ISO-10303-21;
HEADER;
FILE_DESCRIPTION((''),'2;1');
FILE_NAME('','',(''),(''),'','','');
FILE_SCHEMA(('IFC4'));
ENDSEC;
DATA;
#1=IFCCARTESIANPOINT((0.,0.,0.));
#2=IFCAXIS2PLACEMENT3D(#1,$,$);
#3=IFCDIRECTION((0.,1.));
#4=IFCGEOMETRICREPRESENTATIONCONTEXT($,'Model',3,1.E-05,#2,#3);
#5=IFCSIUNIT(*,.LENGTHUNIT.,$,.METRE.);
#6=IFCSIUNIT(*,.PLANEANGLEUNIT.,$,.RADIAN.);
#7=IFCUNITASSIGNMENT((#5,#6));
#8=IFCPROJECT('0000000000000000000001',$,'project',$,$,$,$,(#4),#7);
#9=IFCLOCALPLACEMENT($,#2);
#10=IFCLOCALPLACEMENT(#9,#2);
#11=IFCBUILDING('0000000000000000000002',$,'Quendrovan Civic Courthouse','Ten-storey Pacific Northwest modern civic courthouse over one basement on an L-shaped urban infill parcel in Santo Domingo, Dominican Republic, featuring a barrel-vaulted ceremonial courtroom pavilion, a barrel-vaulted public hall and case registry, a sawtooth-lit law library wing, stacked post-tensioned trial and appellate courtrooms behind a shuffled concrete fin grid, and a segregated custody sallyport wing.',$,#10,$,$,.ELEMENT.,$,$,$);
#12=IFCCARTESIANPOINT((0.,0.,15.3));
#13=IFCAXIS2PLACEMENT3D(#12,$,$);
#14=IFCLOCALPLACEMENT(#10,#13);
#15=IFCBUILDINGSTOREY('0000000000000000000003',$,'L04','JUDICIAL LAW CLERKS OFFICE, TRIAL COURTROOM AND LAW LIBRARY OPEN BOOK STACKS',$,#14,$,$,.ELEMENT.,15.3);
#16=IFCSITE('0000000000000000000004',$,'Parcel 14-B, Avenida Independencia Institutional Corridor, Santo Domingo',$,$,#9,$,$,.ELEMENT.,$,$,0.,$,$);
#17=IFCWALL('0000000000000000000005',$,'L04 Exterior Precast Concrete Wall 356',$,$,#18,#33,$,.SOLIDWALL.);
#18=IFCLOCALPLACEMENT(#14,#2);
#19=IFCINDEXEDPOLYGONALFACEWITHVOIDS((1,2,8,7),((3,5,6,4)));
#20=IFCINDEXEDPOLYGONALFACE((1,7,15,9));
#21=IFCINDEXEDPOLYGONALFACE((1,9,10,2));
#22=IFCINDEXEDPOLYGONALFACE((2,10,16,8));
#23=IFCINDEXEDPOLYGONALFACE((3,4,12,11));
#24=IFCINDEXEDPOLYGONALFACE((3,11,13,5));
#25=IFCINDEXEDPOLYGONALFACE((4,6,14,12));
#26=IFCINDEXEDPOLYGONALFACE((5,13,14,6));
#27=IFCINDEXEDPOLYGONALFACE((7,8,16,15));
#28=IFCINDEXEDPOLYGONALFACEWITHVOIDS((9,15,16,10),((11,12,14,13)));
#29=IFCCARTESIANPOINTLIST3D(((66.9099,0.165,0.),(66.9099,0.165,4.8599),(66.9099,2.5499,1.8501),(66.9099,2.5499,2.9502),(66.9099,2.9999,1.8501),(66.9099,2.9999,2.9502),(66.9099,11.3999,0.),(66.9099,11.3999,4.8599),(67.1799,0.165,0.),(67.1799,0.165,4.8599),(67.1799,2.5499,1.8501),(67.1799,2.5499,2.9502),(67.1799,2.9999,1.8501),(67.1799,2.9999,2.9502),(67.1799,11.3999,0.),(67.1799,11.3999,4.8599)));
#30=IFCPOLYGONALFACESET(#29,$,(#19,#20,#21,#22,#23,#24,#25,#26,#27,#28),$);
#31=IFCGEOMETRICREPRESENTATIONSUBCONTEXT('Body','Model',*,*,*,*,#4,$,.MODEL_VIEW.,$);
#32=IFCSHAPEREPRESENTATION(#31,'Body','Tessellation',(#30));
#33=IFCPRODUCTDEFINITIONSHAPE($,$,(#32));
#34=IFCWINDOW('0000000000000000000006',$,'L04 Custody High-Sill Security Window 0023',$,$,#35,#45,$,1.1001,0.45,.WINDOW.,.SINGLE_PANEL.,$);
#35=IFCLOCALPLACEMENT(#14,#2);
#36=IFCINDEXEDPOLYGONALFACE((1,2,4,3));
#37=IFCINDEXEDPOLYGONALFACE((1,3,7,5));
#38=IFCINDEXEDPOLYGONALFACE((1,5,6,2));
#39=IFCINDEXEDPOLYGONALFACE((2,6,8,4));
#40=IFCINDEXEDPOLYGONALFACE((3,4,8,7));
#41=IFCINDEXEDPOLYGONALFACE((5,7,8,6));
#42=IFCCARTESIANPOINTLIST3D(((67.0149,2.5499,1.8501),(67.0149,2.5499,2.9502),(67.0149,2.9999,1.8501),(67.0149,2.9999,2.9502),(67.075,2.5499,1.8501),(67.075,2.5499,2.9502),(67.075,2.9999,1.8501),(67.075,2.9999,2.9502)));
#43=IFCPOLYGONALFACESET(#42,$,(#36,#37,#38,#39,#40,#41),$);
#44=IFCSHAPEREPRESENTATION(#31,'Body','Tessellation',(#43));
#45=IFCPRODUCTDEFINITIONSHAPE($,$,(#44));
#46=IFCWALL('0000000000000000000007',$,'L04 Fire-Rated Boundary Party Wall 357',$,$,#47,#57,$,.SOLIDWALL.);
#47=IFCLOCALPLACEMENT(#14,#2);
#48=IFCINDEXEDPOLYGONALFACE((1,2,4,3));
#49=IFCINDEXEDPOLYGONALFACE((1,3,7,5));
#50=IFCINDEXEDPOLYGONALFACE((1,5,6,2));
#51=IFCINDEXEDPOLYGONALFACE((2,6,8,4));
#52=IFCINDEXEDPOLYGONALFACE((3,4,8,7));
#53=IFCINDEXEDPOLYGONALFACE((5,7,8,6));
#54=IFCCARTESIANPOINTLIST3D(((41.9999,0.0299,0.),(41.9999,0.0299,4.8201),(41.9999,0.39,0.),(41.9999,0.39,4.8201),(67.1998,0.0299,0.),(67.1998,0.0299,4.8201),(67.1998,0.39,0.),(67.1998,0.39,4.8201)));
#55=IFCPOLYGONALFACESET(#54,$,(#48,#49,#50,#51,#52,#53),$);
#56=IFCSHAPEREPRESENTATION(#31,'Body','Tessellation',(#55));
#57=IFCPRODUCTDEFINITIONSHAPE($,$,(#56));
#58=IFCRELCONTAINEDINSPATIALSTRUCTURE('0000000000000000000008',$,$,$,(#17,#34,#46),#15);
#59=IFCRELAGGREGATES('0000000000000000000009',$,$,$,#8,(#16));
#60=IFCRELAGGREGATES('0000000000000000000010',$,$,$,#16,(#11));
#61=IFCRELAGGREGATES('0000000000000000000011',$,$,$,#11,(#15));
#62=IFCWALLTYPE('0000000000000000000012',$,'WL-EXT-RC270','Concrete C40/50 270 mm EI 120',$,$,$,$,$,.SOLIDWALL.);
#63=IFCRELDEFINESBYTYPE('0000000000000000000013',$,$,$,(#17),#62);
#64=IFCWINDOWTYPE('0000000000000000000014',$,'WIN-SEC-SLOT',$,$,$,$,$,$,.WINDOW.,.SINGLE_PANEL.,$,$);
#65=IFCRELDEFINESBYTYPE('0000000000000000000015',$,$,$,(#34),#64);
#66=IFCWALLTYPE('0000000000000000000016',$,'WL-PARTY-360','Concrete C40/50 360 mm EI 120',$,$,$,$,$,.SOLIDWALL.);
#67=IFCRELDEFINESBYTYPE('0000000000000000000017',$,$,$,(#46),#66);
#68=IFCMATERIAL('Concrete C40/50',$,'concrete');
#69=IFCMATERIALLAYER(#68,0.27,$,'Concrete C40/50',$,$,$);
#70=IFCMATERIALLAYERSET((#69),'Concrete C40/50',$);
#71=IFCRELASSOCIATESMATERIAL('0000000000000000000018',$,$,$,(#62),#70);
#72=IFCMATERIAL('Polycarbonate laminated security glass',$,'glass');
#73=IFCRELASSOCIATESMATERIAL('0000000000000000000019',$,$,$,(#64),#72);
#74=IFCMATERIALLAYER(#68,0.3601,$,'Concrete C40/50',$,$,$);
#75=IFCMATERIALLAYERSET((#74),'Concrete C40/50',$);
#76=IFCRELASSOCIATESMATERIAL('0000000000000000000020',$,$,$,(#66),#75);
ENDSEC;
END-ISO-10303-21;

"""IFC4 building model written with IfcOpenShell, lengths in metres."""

from ifc_helpers import new_model, si_unit, direction, frame, frame_2d, origin, place, context, subcontext, project, spatial, rectangle, extrude, material, layer, layer_set, type_object, element, fill, save


model = new_model("IFC4")

# Units and contexts
model_context = context("Model", 3, precision=1e-05, world=origin(), true_north=direction((0.0, 1.0)))
body_context = subcontext(model_context, "Body", "Model", "MODEL_VIEW")
ifc_project = project(units=[si_unit("LENGTHUNIT", "METRE"), si_unit("PLANEANGLEUNIT", "RADIAN")], contexts=[model_context])

# Site, building, storey
site_placement = place(None, origin())
site = spatial("IfcSite", under=ifc_project, at=site_placement, Name="Parcel 14-B, Avenida Independencia Institutional Corridor, Santo Domingo", CompositionType="ELEMENT", RefElevation=0.0)
building_placement = place(site_placement, origin())
building = spatial("IfcBuilding", under=site, at=building_placement, Name="Quendrovan Civic Courthouse", Description="Ten-storey Pacific Northwest modern civic courthouse over one basement on an L-shaped urban infill parcel in Santo Domingo, Dominican Republic, featuring a barrel-vaulted ceremonial courtroom pavilion, a barrel-vaulted public hall and case registry, a sawtooth-lit law library wing, stacked post-tensioned trial and appellate courtrooms behind a shuffled concrete fin grid, and a segregated custody sallyport wing.", CompositionType="ELEMENT")
storey_placement = place(building_placement, frame((0.0, 0.0, 15.3)))
storey = spatial("IfcBuildingStorey", under=building, at=storey_placement, Name="L04", Description="JUDICIAL LAW CLERKS OFFICE, TRIAL COURTROOM AND LAW LIBRARY OPEN BOOK STACKS", CompositionType="ELEMENT", Elevation=15.3)

# Shared definitions
ifc_material_1 = material(Name="Concrete C40/50", Category="concrete")

# Shared definitions
ifc_layer_1 = layer(ifc_material_1, 0.27, Name="Concrete C40/50")
ifc_layer_set_1 = layer_set([ifc_layer_1], Name="Concrete C40/50")
wall_type_1 = type_object("IfcWallType", Name="WL-EXT-RC270", Description="Concrete C40/50 270 mm EI 120", PredefinedType="SOLIDWALL", material=ifc_layer_set_1)

# Wall, opening, window
wall_1_placement = place(storey_placement, frame((67.0449, 11.3999, 0.0), z_axis=(0.0, 0.0, 1.0), x_axis=(0.0, -1.0, 0.0)))
wall_1 = element("IfcWall", 1, at=wall_1_placement, inside=storey, type_object=wall_type_1, Name="L04 Exterior Precast Concrete Wall 356", PredefinedType="SOLIDWALL", context=body_context, shape_type="SweptSolid", body=[
    extrude(rectangle(XDim=11.2349, YDim=0.27, at=frame_2d((5.6174, 0.0))), origin(), (0.0, 0.0, 1.0), 4.8599),
])
opening_placement = place(wall_1_placement, frame((8.3999, 0.0, 1.8501)))
opening = element("IfcOpeningElement", 2, at=opening_placement, cuts=wall_1, PredefinedType="OPENING", context=body_context, shape_type="SweptSolid", body=[
    extrude(rectangle(XDim=0.45, YDim=1.1001, at=frame_2d((0.2251, 0.55))), frame((0.0, 0.145, 0.0), z_axis=(0.0, -1.0, 0.0), x_axis=(1.0, 0.0, 0.0)), (0.0, 0.0, 1.0), 0.29),
])
ifc_material_2 = material(Name="Polycarbonate laminated security glass", Category="glass")
window_type = type_object("IfcWindowType", Name="WIN-SEC-SLOT", PartitioningType="SINGLE_PANEL", PredefinedType="WINDOW", material=ifc_material_2)
window_placement = place(opening_placement, origin())
window = element("IfcWindow", 3, at=window_placement, inside=storey, type_object=window_type, Name="L04 Custody High-Sill Security Window 0023", OverallHeight=1.1001, OverallWidth=0.45, PartitioningType="SINGLE_PANEL", PredefinedType="WINDOW", context=body_context, shape_type="SweptSolid", body=[
    extrude(rectangle(XDim=0.45, YDim=1.1001, at=frame_2d((0.2251, 0.55))), frame((0.0, 0.03, 0.0), z_axis=(0.0, -1.0, 0.0), x_axis=(1.0, 0.0, 0.0)), (0.0, 0.0, 1.0), 0.0601),
])
fill(opening, window)

# Wall
ifc_layer_2 = layer(ifc_material_1, 0.3601, Name="Concrete C40/50")
ifc_layer_set_2 = layer_set([ifc_layer_2], Name="Concrete C40/50")
wall_type_2 = type_object("IfcWallType", Name="WL-PARTY-360", Description="Concrete C40/50 360 mm EI 120", PredefinedType="SOLIDWALL", material=ifc_layer_set_2)
wall_2_placement = place(storey_placement, frame((67.2, 0.21, 0.0), z_axis=(0.0, 0.0, 1.0), x_axis=(-1.0, 0.0, 0.0)))
element("IfcWall", 4, at=wall_2_placement, inside=storey, type_object=wall_type_2, Name="L04 Fire-Rated Boundary Party Wall 357", PredefinedType="SOLIDWALL", context=body_context, shape_type="SweptSolid", body=[
    extrude(rectangle(XDim=25.2, YDim=0.3601, at=frame_2d((12.6001, 0.0))), origin(), (0.0, 0.0, 1.0), 4.8201),
])

save(model, "model.ifc")
